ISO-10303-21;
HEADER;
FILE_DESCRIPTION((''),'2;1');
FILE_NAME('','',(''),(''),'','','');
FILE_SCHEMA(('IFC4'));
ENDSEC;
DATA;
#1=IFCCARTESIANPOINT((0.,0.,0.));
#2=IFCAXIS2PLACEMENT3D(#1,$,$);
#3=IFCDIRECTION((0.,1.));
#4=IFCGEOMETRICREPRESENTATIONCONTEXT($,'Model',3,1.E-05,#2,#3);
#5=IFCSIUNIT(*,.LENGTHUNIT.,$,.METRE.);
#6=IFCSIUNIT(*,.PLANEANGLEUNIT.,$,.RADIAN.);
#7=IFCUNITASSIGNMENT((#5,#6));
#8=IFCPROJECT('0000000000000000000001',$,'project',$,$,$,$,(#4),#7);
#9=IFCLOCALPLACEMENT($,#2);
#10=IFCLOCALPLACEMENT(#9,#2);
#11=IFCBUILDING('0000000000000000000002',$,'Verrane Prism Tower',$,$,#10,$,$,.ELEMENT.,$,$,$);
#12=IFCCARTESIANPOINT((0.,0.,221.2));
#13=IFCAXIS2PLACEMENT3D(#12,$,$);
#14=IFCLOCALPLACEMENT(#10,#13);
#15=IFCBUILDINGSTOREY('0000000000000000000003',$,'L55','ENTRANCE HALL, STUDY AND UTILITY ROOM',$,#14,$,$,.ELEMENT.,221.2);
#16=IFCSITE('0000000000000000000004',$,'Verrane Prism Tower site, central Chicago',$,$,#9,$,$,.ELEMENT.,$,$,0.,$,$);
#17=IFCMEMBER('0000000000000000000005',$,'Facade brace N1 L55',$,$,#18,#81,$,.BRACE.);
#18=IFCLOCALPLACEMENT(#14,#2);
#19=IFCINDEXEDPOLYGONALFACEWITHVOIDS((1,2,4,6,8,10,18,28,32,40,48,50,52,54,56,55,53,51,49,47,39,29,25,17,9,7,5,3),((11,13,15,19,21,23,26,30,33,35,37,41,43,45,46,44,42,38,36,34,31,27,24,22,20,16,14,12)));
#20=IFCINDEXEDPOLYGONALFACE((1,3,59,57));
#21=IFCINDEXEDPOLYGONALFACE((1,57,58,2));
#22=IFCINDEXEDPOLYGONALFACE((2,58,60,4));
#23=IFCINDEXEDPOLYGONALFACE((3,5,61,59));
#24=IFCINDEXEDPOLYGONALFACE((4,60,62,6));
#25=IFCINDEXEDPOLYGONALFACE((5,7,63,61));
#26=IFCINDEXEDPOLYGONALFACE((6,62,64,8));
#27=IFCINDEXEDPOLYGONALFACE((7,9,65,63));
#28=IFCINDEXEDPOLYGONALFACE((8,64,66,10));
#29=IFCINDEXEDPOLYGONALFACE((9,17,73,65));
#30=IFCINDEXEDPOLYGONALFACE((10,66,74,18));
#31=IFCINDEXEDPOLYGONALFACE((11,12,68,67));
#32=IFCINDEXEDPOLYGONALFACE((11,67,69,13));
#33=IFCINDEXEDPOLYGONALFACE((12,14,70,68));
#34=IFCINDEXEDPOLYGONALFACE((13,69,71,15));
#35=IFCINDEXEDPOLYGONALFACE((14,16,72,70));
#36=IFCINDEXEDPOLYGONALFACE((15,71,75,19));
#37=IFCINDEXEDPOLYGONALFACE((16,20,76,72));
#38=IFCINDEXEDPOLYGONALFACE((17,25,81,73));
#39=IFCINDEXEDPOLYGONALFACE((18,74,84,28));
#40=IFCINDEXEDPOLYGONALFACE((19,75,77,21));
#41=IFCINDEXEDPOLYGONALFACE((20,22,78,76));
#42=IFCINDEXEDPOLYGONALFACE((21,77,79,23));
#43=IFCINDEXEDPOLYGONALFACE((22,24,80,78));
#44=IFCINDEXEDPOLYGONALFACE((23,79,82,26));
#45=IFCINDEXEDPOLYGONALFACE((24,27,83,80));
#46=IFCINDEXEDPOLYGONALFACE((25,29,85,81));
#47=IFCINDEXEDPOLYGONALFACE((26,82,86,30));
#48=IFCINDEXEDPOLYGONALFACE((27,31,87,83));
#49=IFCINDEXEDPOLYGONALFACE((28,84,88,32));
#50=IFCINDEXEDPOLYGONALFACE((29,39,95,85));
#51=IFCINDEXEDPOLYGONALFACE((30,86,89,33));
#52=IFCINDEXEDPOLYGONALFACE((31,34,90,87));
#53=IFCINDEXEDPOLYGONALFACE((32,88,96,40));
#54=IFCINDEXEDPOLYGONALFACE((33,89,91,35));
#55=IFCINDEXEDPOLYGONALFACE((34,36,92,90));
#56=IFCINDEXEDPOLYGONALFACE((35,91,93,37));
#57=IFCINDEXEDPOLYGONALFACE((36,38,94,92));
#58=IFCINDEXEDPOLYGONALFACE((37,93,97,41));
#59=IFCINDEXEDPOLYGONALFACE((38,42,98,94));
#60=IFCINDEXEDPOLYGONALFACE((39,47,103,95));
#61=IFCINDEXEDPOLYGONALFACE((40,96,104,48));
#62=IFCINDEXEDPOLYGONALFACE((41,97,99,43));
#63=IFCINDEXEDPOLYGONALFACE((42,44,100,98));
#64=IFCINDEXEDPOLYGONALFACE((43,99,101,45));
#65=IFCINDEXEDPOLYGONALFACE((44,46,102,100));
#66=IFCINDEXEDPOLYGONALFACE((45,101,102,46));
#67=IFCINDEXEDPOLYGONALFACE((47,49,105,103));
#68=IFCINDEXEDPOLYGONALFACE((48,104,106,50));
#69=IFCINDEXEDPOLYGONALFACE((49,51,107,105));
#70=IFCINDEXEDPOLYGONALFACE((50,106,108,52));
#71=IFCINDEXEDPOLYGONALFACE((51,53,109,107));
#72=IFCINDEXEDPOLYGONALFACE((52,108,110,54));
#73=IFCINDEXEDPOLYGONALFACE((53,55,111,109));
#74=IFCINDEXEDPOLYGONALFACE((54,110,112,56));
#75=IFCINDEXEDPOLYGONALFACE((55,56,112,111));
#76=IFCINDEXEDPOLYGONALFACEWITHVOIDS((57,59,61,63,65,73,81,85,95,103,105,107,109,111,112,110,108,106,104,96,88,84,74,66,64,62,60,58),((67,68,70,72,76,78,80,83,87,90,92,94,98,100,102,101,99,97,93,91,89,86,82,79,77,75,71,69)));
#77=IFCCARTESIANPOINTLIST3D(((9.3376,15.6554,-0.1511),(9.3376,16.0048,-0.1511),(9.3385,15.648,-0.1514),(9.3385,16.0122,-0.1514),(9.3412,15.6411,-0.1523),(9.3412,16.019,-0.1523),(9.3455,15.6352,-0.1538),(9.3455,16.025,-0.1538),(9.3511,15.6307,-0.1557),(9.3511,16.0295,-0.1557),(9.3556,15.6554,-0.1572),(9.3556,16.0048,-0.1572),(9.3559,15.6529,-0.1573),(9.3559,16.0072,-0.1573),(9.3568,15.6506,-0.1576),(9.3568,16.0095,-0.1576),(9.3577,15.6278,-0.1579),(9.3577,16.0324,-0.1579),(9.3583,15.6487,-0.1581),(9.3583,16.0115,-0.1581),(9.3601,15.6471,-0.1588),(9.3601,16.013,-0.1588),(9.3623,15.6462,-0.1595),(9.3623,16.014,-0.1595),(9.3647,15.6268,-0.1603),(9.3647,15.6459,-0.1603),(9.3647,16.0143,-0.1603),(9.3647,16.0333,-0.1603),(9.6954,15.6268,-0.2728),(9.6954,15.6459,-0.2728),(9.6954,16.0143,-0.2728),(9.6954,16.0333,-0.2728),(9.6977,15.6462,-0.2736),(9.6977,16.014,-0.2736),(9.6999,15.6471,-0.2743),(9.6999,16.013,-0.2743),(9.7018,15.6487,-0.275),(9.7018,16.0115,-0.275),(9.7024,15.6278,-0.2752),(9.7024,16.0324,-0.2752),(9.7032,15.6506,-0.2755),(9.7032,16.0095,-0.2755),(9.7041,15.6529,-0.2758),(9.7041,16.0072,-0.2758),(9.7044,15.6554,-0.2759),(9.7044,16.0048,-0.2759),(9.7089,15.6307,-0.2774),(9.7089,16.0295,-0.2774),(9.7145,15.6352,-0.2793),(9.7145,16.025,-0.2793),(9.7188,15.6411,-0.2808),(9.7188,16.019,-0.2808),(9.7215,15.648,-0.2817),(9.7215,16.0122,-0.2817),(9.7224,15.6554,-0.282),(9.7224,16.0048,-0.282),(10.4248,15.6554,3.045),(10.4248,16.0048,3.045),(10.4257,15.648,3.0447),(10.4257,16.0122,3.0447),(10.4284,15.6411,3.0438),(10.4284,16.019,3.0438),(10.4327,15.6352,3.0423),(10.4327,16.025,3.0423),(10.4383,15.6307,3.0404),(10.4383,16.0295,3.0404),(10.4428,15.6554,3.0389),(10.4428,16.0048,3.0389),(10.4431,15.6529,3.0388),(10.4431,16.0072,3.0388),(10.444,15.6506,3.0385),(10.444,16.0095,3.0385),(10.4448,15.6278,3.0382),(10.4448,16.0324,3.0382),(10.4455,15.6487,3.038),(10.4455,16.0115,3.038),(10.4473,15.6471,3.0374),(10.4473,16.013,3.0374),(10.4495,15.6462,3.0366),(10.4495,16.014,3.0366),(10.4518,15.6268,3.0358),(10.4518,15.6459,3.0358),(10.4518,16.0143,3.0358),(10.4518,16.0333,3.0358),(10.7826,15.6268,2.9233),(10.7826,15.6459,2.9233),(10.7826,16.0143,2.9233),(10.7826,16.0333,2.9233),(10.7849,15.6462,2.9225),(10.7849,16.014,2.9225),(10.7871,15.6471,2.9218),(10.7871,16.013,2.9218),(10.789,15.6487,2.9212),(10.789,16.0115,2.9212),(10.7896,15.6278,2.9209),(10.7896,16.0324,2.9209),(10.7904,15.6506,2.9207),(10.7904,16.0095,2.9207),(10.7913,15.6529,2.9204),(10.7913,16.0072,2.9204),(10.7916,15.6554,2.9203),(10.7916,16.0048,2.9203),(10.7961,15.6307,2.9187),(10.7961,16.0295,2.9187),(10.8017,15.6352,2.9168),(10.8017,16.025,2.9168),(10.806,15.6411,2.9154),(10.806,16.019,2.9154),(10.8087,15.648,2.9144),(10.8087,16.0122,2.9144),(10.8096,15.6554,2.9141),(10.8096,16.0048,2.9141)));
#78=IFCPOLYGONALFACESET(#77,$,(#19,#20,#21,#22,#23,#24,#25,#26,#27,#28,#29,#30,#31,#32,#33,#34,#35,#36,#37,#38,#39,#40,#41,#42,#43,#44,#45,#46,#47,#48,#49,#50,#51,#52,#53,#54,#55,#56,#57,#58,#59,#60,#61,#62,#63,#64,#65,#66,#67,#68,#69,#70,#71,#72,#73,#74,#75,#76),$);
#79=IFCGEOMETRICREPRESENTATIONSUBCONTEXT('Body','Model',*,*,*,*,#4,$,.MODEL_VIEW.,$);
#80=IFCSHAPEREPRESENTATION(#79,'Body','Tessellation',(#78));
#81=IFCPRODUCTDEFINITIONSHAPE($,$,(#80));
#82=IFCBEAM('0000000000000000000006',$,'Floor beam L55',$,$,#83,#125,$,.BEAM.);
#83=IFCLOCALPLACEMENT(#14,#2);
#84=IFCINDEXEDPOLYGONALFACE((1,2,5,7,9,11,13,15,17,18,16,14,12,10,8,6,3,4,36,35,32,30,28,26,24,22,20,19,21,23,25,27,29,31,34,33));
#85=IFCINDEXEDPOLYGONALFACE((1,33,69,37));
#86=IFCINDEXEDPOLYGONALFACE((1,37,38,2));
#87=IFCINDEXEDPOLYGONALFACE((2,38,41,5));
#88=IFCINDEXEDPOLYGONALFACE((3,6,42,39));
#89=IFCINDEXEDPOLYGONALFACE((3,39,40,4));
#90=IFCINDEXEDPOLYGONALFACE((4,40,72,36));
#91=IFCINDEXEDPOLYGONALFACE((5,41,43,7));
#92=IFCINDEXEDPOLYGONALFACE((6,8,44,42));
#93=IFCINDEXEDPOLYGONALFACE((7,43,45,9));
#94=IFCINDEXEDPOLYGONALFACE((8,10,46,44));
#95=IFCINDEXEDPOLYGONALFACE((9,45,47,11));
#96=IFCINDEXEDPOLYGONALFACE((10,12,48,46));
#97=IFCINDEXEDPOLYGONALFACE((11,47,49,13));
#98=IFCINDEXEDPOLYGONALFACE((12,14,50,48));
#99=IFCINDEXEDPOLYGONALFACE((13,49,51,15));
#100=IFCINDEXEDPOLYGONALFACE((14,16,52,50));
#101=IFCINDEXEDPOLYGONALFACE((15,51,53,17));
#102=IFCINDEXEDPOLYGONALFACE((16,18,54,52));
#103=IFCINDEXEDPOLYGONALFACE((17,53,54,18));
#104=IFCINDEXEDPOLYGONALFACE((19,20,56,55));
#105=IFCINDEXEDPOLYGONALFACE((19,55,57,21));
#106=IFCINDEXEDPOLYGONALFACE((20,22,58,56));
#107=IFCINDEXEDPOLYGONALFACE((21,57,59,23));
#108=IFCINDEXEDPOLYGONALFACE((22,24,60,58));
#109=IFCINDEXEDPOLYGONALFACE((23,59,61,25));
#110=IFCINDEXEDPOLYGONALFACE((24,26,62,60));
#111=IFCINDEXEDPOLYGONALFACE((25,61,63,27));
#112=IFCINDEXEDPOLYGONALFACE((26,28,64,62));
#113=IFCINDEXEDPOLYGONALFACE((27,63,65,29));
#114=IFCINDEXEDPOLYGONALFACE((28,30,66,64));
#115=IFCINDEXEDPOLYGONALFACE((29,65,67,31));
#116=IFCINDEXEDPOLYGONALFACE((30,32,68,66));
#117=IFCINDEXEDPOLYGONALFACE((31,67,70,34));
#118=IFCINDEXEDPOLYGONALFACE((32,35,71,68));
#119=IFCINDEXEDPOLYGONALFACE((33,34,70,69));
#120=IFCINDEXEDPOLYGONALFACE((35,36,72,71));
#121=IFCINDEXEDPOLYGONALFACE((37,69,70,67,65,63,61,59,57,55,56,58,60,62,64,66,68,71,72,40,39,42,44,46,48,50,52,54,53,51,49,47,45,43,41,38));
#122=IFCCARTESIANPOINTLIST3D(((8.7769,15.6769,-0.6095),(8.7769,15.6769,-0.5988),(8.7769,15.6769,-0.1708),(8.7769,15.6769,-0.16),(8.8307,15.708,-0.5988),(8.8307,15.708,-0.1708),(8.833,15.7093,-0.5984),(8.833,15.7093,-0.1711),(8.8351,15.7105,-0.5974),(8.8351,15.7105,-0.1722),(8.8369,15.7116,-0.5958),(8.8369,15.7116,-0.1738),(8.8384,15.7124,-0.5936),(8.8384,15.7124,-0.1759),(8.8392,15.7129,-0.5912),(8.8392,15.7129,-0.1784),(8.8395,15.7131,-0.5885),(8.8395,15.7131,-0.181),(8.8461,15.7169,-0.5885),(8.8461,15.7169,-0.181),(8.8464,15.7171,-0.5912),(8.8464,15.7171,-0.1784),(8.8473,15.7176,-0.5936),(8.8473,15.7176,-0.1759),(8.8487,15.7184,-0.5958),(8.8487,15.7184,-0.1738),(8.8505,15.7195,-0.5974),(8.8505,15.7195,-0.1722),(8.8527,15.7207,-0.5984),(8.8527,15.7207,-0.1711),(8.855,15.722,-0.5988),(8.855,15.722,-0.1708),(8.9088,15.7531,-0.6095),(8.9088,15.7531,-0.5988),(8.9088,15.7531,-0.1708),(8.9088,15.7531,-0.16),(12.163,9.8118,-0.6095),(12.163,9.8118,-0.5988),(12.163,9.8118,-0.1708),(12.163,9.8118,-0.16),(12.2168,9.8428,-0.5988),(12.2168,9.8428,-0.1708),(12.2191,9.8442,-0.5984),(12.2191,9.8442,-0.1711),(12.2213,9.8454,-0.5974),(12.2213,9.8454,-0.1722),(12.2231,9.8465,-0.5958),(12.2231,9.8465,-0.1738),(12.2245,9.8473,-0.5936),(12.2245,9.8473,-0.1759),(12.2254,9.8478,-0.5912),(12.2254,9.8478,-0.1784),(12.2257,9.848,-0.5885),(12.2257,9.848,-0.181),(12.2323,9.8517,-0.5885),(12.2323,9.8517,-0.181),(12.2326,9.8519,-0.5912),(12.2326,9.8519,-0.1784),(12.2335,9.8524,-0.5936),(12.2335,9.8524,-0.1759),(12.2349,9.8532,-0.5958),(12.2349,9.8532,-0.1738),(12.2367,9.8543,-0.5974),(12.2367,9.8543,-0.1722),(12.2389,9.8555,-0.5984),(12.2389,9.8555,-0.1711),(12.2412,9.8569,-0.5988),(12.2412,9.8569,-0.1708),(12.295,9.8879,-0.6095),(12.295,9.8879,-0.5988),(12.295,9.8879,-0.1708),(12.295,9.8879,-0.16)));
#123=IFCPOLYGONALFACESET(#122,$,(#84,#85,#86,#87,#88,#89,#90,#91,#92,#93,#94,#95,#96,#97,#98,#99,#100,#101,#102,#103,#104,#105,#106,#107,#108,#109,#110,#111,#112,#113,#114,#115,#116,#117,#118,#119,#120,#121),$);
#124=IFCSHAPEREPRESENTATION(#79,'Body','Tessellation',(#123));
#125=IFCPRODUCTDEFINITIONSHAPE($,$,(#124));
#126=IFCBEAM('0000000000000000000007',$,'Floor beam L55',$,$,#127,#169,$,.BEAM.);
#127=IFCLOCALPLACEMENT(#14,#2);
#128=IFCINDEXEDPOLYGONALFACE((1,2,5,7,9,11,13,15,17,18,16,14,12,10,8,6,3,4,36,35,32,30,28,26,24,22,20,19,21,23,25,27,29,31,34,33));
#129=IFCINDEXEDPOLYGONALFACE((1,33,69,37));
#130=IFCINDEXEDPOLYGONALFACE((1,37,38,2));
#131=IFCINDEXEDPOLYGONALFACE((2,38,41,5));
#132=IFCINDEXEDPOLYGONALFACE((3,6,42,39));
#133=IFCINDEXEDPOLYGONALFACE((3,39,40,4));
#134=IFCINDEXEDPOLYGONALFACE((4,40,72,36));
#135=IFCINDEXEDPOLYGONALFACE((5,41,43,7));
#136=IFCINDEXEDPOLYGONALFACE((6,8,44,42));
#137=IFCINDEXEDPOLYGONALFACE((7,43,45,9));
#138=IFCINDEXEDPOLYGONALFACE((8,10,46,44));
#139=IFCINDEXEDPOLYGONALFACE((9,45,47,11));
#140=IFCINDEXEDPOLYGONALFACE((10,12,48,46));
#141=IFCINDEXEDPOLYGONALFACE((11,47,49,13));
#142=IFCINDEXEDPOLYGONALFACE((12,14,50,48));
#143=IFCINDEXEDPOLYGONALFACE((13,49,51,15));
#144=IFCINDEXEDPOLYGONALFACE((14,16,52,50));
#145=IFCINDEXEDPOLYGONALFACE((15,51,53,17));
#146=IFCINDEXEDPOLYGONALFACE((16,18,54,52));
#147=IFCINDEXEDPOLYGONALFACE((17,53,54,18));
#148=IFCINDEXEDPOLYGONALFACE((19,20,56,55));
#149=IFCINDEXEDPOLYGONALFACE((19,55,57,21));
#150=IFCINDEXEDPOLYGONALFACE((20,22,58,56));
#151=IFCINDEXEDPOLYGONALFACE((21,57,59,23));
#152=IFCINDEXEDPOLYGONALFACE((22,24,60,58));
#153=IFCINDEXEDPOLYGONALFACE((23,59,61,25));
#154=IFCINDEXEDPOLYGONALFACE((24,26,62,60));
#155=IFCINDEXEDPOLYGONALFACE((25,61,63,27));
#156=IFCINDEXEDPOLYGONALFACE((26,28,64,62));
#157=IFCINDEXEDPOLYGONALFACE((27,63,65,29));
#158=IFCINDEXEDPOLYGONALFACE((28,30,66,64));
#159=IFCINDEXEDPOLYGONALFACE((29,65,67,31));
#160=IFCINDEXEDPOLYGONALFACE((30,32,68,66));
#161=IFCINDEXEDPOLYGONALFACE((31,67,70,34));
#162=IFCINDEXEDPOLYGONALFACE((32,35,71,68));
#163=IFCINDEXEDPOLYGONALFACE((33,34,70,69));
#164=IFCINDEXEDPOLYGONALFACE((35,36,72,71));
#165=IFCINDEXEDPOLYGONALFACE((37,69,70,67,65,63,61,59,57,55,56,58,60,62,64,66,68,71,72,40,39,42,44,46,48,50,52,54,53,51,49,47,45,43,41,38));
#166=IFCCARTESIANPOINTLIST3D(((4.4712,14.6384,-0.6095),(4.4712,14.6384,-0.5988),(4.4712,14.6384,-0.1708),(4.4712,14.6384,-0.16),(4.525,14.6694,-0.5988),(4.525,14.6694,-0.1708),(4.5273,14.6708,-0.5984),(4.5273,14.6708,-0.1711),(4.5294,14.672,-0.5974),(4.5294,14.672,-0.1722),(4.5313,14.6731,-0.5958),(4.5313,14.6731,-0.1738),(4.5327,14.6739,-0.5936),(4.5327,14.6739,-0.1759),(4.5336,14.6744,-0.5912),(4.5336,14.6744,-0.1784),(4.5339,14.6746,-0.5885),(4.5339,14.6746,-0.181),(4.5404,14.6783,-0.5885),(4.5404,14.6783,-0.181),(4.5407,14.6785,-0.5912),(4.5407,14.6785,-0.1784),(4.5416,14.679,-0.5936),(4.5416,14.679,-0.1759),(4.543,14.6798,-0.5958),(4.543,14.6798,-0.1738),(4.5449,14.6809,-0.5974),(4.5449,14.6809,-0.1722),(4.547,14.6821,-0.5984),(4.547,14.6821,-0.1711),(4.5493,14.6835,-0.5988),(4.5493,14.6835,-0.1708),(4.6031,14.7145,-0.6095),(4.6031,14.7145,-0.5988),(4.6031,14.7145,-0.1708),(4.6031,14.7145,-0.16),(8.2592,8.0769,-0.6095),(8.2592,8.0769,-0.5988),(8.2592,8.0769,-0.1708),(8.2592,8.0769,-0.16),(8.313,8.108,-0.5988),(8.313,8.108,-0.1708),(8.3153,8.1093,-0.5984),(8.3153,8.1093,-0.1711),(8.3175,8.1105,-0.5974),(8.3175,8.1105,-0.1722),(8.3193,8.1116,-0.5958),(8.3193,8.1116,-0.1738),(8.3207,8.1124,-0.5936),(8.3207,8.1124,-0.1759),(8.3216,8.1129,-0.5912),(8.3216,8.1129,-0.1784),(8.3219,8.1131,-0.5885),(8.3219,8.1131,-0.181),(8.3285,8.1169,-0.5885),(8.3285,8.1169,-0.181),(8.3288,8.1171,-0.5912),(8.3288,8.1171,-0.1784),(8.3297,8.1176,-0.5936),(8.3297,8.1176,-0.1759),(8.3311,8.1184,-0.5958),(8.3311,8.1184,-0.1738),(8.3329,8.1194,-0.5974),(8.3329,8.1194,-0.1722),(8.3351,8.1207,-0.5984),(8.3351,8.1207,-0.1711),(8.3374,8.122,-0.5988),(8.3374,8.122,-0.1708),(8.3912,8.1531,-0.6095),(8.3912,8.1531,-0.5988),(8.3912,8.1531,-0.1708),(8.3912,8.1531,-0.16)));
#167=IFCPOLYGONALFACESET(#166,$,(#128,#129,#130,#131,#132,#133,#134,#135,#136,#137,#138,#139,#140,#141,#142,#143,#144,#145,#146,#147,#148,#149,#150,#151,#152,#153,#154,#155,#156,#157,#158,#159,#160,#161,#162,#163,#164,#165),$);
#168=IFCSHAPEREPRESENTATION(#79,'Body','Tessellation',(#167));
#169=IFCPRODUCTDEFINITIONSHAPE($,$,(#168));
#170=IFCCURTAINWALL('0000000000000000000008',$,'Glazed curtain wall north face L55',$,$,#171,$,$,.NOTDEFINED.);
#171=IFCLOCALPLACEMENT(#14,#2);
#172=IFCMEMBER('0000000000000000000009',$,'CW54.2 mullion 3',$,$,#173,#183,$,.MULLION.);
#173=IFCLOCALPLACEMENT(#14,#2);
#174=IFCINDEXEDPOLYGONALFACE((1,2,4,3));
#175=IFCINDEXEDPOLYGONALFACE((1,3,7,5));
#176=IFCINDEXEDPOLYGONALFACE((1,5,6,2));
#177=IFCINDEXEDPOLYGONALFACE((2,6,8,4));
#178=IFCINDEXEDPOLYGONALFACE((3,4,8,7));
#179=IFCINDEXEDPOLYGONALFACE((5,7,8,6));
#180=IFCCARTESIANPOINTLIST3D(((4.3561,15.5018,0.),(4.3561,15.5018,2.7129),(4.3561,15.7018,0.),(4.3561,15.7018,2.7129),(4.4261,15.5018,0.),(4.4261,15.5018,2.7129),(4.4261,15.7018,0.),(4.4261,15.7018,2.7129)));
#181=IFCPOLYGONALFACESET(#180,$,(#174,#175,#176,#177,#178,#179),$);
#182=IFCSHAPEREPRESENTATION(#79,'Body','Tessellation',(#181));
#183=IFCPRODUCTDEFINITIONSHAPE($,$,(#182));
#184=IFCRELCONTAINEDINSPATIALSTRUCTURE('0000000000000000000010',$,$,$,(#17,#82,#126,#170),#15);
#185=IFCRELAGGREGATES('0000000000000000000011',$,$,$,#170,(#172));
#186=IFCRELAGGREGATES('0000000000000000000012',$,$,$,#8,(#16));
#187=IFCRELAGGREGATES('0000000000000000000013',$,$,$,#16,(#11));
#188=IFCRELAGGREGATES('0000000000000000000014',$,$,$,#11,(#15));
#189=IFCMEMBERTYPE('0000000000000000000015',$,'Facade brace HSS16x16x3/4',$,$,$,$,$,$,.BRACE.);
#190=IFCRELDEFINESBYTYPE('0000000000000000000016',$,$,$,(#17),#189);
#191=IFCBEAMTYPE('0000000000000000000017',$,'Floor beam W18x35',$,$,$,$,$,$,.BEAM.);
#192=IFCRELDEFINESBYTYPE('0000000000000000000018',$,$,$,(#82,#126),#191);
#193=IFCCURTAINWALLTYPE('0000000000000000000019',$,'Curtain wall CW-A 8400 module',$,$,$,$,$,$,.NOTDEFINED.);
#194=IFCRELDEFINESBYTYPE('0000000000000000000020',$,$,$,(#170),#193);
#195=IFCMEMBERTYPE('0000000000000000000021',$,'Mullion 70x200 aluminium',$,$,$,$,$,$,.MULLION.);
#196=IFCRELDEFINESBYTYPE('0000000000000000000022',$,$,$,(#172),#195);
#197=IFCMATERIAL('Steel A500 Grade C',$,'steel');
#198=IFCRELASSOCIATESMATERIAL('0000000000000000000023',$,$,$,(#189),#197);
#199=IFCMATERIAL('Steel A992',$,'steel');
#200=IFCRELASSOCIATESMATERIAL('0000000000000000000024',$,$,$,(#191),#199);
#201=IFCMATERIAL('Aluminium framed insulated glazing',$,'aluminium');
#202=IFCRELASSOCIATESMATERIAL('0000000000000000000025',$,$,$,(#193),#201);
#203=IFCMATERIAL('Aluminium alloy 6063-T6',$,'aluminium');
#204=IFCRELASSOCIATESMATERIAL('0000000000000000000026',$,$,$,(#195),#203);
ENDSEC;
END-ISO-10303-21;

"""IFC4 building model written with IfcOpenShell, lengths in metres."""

from ifc_helpers import new_model, si_unit, direction, frame, origin, origin_2d, place, context, subcontext, project, spatial, rectangle, hollow_rectangle, i_section, extrude, material, material_profile, profile_set, type_object, element, aggregate, save


model = new_model("IFC4")

# Units and contexts
model_context = context("Model", 3, precision=1e-05, world=origin(), true_north=direction((0.0, 1.0)))
body_context = subcontext(model_context, "Body", "Model", "MODEL_VIEW")
ifc_project = project(units=[si_unit("LENGTHUNIT", "METRE"), si_unit("PLANEANGLEUNIT", "RADIAN")], contexts=[model_context])

# Site, building, storey
site_placement = place(None, origin())
site = spatial("IfcSite", under=ifc_project, at=site_placement, Name="Verrane Prism Tower site, central Chicago", CompositionType="ELEMENT", RefElevation=0.0)
building_placement = place(site_placement, origin())
building = spatial("IfcBuilding", under=site, at=building_placement, Name="Verrane Prism Tower", CompositionType="ELEMENT")
storey_placement = place(building_placement, frame((0.0, 0.0, 221.2)))
storey = spatial("IfcBuildingStorey", under=building, at=storey_placement, Name="L55", Description="ENTRANCE HALL, STUDY AND UTILITY ROOM", CompositionType="ELEMENT", Elevation=221.2)

# Member
ifc_material_1 = material(Name="Steel A500 Grade C", Category="steel")
ifc_material_profile_1 = material_profile(ifc_material_1, hollow_rectangle(XDim=0.4065, YDim=0.4065, WallThickness=0.019, InnerFilletRadius=0.0095, OuterFilletRadius=0.0286, at=origin_2d()), Name="HSS16x16x3/4")
ifc_profile_set_1 = profile_set([ifc_material_profile_1], Name="Steel A500 Grade C")
member_type_1 = type_object("IfcMemberType", Name="Facade brace HSS16x16x3/4", PredefinedType="BRACE", material=ifc_profile_set_1)
member_1_placement = place(storey_placement, frame((9.53, 15.8301, -0.2166), z_axis=(0.322036, 0.0, 0.946727), x_axis=(0.0, 1.0, 0.0)))
element("IfcMember", 1, at=member_1_placement, inside=storey, type_object=member_type_1, Name="Facade brace N1 L55", PredefinedType="BRACE", context=body_context, shape_type="SweptSolid", body=[
    extrude(hollow_rectangle(XDim=0.4065, YDim=0.4065, WallThickness=0.019, InnerFilletRadius=0.0095, OuterFilletRadius=0.0286, at=origin_2d()), origin(), (0.0, 0.0, 1.0), 3.376),
])

# Beams
ifc_material_2 = material(Name="Steel A992", Category="steel")
ifc_material_profile_2 = material_profile(ifc_material_2, i_section(OverallWidth=0.1523, OverallDepth=0.4495, WebThickness=0.0076, FlangeThickness=0.0107, FilletRadius=0.0103, at=origin_2d()), Name="W18x35")
ifc_profile_set_2 = profile_set([ifc_material_profile_2], Name="Steel A992")
beam_type_1 = type_object("IfcBeamType", Name="Floor beam W18x35", PredefinedType="BEAM", material=ifc_profile_set_2)
beam_1_placement = place(storey_placement, frame((12.229, 9.8499, -0.3848), z_axis=(-0.499993, 0.86603, 0.0), x_axis=(-0.86603, -0.499993, 0.0)))
element("IfcBeam", 2, at=beam_1_placement, inside=storey, type_object=beam_type_1, Name="Floor beam L55", PredefinedType="BEAM", context=body_context, shape_type="SweptSolid", body=[
    extrude(i_section(OverallWidth=0.1523, OverallDepth=0.4495, WebThickness=0.0076, FlangeThickness=0.0107, FilletRadius=0.0103, at=origin_2d()), origin(), (0.0, 0.0, 1.0), 6.7725),
])
beam_2_placement = place(storey_placement, frame((8.3252, 8.115, -0.3848), z_axis=(-0.499979, 0.866037, 0.0), x_axis=(-0.866037, -0.499979, 0.0)))
element("IfcBeam", 3, at=beam_2_placement, inside=storey, type_object=beam_type_1, Name="Floor beam L55", PredefinedType="BEAM", context=body_context, shape_type="SweptSolid", body=[
    extrude(i_section(OverallWidth=0.1523, OverallDepth=0.4495, WebThickness=0.0076, FlangeThickness=0.0107, FilletRadius=0.0103, at=origin_2d()), origin(), (0.0, 0.0, 1.0), 7.5764),
])

# Curtain wall, member
ifc_material_3 = material(Name="Aluminium framed insulated glazing", Category="aluminium")
curtain_wall_type = type_object("IfcCurtainWallType", Name="Curtain wall CW-A 8400 module", PredefinedType="NOTDEFINED", material=ifc_material_3)
curtain_wall_placement = place(storey_placement, origin())
curtain_wall = element("IfcCurtainWall", 4, at=curtain_wall_placement, inside=storey, type_object=curtain_wall_type, Name="Glazed curtain wall north face L55", PredefinedType="NOTDEFINED")
ifc_material_4 = material(Name="Aluminium alloy 6063-T6", Category="aluminium")
ifc_material_profile_3 = material_profile(ifc_material_4, rectangle(XDim=0.2, YDim=0.0701, at=origin_2d()), Name="Mullion 70x200 aluminium")
ifc_profile_set_3 = profile_set([ifc_material_profile_3], Name="Aluminium alloy 6063-T6")
member_type_2 = type_object("IfcMemberType", Name="Mullion 70x200 aluminium", PredefinedType="MULLION", material=ifc_profile_set_3)
member_2_placement = place(storey_placement, frame((4.3911, 15.6018, 0.0), z_axis=(0.0, 0.0, 1.0), x_axis=(0.0, -1.0, 0.0)))
member_2 = element("IfcMember", 5, at=member_2_placement, type_object=member_type_2, Name="CW54.2 mullion 3", PredefinedType="MULLION", context=body_context, shape_type="SweptSolid", body=[
    extrude(rectangle(XDim=0.2, YDim=0.0701, at=origin_2d()), origin(), (0.0, 0.0, 1.0), 2.7129),
])

aggregate(curtain_wall, [member_2])

save(model, "model.ifc")
